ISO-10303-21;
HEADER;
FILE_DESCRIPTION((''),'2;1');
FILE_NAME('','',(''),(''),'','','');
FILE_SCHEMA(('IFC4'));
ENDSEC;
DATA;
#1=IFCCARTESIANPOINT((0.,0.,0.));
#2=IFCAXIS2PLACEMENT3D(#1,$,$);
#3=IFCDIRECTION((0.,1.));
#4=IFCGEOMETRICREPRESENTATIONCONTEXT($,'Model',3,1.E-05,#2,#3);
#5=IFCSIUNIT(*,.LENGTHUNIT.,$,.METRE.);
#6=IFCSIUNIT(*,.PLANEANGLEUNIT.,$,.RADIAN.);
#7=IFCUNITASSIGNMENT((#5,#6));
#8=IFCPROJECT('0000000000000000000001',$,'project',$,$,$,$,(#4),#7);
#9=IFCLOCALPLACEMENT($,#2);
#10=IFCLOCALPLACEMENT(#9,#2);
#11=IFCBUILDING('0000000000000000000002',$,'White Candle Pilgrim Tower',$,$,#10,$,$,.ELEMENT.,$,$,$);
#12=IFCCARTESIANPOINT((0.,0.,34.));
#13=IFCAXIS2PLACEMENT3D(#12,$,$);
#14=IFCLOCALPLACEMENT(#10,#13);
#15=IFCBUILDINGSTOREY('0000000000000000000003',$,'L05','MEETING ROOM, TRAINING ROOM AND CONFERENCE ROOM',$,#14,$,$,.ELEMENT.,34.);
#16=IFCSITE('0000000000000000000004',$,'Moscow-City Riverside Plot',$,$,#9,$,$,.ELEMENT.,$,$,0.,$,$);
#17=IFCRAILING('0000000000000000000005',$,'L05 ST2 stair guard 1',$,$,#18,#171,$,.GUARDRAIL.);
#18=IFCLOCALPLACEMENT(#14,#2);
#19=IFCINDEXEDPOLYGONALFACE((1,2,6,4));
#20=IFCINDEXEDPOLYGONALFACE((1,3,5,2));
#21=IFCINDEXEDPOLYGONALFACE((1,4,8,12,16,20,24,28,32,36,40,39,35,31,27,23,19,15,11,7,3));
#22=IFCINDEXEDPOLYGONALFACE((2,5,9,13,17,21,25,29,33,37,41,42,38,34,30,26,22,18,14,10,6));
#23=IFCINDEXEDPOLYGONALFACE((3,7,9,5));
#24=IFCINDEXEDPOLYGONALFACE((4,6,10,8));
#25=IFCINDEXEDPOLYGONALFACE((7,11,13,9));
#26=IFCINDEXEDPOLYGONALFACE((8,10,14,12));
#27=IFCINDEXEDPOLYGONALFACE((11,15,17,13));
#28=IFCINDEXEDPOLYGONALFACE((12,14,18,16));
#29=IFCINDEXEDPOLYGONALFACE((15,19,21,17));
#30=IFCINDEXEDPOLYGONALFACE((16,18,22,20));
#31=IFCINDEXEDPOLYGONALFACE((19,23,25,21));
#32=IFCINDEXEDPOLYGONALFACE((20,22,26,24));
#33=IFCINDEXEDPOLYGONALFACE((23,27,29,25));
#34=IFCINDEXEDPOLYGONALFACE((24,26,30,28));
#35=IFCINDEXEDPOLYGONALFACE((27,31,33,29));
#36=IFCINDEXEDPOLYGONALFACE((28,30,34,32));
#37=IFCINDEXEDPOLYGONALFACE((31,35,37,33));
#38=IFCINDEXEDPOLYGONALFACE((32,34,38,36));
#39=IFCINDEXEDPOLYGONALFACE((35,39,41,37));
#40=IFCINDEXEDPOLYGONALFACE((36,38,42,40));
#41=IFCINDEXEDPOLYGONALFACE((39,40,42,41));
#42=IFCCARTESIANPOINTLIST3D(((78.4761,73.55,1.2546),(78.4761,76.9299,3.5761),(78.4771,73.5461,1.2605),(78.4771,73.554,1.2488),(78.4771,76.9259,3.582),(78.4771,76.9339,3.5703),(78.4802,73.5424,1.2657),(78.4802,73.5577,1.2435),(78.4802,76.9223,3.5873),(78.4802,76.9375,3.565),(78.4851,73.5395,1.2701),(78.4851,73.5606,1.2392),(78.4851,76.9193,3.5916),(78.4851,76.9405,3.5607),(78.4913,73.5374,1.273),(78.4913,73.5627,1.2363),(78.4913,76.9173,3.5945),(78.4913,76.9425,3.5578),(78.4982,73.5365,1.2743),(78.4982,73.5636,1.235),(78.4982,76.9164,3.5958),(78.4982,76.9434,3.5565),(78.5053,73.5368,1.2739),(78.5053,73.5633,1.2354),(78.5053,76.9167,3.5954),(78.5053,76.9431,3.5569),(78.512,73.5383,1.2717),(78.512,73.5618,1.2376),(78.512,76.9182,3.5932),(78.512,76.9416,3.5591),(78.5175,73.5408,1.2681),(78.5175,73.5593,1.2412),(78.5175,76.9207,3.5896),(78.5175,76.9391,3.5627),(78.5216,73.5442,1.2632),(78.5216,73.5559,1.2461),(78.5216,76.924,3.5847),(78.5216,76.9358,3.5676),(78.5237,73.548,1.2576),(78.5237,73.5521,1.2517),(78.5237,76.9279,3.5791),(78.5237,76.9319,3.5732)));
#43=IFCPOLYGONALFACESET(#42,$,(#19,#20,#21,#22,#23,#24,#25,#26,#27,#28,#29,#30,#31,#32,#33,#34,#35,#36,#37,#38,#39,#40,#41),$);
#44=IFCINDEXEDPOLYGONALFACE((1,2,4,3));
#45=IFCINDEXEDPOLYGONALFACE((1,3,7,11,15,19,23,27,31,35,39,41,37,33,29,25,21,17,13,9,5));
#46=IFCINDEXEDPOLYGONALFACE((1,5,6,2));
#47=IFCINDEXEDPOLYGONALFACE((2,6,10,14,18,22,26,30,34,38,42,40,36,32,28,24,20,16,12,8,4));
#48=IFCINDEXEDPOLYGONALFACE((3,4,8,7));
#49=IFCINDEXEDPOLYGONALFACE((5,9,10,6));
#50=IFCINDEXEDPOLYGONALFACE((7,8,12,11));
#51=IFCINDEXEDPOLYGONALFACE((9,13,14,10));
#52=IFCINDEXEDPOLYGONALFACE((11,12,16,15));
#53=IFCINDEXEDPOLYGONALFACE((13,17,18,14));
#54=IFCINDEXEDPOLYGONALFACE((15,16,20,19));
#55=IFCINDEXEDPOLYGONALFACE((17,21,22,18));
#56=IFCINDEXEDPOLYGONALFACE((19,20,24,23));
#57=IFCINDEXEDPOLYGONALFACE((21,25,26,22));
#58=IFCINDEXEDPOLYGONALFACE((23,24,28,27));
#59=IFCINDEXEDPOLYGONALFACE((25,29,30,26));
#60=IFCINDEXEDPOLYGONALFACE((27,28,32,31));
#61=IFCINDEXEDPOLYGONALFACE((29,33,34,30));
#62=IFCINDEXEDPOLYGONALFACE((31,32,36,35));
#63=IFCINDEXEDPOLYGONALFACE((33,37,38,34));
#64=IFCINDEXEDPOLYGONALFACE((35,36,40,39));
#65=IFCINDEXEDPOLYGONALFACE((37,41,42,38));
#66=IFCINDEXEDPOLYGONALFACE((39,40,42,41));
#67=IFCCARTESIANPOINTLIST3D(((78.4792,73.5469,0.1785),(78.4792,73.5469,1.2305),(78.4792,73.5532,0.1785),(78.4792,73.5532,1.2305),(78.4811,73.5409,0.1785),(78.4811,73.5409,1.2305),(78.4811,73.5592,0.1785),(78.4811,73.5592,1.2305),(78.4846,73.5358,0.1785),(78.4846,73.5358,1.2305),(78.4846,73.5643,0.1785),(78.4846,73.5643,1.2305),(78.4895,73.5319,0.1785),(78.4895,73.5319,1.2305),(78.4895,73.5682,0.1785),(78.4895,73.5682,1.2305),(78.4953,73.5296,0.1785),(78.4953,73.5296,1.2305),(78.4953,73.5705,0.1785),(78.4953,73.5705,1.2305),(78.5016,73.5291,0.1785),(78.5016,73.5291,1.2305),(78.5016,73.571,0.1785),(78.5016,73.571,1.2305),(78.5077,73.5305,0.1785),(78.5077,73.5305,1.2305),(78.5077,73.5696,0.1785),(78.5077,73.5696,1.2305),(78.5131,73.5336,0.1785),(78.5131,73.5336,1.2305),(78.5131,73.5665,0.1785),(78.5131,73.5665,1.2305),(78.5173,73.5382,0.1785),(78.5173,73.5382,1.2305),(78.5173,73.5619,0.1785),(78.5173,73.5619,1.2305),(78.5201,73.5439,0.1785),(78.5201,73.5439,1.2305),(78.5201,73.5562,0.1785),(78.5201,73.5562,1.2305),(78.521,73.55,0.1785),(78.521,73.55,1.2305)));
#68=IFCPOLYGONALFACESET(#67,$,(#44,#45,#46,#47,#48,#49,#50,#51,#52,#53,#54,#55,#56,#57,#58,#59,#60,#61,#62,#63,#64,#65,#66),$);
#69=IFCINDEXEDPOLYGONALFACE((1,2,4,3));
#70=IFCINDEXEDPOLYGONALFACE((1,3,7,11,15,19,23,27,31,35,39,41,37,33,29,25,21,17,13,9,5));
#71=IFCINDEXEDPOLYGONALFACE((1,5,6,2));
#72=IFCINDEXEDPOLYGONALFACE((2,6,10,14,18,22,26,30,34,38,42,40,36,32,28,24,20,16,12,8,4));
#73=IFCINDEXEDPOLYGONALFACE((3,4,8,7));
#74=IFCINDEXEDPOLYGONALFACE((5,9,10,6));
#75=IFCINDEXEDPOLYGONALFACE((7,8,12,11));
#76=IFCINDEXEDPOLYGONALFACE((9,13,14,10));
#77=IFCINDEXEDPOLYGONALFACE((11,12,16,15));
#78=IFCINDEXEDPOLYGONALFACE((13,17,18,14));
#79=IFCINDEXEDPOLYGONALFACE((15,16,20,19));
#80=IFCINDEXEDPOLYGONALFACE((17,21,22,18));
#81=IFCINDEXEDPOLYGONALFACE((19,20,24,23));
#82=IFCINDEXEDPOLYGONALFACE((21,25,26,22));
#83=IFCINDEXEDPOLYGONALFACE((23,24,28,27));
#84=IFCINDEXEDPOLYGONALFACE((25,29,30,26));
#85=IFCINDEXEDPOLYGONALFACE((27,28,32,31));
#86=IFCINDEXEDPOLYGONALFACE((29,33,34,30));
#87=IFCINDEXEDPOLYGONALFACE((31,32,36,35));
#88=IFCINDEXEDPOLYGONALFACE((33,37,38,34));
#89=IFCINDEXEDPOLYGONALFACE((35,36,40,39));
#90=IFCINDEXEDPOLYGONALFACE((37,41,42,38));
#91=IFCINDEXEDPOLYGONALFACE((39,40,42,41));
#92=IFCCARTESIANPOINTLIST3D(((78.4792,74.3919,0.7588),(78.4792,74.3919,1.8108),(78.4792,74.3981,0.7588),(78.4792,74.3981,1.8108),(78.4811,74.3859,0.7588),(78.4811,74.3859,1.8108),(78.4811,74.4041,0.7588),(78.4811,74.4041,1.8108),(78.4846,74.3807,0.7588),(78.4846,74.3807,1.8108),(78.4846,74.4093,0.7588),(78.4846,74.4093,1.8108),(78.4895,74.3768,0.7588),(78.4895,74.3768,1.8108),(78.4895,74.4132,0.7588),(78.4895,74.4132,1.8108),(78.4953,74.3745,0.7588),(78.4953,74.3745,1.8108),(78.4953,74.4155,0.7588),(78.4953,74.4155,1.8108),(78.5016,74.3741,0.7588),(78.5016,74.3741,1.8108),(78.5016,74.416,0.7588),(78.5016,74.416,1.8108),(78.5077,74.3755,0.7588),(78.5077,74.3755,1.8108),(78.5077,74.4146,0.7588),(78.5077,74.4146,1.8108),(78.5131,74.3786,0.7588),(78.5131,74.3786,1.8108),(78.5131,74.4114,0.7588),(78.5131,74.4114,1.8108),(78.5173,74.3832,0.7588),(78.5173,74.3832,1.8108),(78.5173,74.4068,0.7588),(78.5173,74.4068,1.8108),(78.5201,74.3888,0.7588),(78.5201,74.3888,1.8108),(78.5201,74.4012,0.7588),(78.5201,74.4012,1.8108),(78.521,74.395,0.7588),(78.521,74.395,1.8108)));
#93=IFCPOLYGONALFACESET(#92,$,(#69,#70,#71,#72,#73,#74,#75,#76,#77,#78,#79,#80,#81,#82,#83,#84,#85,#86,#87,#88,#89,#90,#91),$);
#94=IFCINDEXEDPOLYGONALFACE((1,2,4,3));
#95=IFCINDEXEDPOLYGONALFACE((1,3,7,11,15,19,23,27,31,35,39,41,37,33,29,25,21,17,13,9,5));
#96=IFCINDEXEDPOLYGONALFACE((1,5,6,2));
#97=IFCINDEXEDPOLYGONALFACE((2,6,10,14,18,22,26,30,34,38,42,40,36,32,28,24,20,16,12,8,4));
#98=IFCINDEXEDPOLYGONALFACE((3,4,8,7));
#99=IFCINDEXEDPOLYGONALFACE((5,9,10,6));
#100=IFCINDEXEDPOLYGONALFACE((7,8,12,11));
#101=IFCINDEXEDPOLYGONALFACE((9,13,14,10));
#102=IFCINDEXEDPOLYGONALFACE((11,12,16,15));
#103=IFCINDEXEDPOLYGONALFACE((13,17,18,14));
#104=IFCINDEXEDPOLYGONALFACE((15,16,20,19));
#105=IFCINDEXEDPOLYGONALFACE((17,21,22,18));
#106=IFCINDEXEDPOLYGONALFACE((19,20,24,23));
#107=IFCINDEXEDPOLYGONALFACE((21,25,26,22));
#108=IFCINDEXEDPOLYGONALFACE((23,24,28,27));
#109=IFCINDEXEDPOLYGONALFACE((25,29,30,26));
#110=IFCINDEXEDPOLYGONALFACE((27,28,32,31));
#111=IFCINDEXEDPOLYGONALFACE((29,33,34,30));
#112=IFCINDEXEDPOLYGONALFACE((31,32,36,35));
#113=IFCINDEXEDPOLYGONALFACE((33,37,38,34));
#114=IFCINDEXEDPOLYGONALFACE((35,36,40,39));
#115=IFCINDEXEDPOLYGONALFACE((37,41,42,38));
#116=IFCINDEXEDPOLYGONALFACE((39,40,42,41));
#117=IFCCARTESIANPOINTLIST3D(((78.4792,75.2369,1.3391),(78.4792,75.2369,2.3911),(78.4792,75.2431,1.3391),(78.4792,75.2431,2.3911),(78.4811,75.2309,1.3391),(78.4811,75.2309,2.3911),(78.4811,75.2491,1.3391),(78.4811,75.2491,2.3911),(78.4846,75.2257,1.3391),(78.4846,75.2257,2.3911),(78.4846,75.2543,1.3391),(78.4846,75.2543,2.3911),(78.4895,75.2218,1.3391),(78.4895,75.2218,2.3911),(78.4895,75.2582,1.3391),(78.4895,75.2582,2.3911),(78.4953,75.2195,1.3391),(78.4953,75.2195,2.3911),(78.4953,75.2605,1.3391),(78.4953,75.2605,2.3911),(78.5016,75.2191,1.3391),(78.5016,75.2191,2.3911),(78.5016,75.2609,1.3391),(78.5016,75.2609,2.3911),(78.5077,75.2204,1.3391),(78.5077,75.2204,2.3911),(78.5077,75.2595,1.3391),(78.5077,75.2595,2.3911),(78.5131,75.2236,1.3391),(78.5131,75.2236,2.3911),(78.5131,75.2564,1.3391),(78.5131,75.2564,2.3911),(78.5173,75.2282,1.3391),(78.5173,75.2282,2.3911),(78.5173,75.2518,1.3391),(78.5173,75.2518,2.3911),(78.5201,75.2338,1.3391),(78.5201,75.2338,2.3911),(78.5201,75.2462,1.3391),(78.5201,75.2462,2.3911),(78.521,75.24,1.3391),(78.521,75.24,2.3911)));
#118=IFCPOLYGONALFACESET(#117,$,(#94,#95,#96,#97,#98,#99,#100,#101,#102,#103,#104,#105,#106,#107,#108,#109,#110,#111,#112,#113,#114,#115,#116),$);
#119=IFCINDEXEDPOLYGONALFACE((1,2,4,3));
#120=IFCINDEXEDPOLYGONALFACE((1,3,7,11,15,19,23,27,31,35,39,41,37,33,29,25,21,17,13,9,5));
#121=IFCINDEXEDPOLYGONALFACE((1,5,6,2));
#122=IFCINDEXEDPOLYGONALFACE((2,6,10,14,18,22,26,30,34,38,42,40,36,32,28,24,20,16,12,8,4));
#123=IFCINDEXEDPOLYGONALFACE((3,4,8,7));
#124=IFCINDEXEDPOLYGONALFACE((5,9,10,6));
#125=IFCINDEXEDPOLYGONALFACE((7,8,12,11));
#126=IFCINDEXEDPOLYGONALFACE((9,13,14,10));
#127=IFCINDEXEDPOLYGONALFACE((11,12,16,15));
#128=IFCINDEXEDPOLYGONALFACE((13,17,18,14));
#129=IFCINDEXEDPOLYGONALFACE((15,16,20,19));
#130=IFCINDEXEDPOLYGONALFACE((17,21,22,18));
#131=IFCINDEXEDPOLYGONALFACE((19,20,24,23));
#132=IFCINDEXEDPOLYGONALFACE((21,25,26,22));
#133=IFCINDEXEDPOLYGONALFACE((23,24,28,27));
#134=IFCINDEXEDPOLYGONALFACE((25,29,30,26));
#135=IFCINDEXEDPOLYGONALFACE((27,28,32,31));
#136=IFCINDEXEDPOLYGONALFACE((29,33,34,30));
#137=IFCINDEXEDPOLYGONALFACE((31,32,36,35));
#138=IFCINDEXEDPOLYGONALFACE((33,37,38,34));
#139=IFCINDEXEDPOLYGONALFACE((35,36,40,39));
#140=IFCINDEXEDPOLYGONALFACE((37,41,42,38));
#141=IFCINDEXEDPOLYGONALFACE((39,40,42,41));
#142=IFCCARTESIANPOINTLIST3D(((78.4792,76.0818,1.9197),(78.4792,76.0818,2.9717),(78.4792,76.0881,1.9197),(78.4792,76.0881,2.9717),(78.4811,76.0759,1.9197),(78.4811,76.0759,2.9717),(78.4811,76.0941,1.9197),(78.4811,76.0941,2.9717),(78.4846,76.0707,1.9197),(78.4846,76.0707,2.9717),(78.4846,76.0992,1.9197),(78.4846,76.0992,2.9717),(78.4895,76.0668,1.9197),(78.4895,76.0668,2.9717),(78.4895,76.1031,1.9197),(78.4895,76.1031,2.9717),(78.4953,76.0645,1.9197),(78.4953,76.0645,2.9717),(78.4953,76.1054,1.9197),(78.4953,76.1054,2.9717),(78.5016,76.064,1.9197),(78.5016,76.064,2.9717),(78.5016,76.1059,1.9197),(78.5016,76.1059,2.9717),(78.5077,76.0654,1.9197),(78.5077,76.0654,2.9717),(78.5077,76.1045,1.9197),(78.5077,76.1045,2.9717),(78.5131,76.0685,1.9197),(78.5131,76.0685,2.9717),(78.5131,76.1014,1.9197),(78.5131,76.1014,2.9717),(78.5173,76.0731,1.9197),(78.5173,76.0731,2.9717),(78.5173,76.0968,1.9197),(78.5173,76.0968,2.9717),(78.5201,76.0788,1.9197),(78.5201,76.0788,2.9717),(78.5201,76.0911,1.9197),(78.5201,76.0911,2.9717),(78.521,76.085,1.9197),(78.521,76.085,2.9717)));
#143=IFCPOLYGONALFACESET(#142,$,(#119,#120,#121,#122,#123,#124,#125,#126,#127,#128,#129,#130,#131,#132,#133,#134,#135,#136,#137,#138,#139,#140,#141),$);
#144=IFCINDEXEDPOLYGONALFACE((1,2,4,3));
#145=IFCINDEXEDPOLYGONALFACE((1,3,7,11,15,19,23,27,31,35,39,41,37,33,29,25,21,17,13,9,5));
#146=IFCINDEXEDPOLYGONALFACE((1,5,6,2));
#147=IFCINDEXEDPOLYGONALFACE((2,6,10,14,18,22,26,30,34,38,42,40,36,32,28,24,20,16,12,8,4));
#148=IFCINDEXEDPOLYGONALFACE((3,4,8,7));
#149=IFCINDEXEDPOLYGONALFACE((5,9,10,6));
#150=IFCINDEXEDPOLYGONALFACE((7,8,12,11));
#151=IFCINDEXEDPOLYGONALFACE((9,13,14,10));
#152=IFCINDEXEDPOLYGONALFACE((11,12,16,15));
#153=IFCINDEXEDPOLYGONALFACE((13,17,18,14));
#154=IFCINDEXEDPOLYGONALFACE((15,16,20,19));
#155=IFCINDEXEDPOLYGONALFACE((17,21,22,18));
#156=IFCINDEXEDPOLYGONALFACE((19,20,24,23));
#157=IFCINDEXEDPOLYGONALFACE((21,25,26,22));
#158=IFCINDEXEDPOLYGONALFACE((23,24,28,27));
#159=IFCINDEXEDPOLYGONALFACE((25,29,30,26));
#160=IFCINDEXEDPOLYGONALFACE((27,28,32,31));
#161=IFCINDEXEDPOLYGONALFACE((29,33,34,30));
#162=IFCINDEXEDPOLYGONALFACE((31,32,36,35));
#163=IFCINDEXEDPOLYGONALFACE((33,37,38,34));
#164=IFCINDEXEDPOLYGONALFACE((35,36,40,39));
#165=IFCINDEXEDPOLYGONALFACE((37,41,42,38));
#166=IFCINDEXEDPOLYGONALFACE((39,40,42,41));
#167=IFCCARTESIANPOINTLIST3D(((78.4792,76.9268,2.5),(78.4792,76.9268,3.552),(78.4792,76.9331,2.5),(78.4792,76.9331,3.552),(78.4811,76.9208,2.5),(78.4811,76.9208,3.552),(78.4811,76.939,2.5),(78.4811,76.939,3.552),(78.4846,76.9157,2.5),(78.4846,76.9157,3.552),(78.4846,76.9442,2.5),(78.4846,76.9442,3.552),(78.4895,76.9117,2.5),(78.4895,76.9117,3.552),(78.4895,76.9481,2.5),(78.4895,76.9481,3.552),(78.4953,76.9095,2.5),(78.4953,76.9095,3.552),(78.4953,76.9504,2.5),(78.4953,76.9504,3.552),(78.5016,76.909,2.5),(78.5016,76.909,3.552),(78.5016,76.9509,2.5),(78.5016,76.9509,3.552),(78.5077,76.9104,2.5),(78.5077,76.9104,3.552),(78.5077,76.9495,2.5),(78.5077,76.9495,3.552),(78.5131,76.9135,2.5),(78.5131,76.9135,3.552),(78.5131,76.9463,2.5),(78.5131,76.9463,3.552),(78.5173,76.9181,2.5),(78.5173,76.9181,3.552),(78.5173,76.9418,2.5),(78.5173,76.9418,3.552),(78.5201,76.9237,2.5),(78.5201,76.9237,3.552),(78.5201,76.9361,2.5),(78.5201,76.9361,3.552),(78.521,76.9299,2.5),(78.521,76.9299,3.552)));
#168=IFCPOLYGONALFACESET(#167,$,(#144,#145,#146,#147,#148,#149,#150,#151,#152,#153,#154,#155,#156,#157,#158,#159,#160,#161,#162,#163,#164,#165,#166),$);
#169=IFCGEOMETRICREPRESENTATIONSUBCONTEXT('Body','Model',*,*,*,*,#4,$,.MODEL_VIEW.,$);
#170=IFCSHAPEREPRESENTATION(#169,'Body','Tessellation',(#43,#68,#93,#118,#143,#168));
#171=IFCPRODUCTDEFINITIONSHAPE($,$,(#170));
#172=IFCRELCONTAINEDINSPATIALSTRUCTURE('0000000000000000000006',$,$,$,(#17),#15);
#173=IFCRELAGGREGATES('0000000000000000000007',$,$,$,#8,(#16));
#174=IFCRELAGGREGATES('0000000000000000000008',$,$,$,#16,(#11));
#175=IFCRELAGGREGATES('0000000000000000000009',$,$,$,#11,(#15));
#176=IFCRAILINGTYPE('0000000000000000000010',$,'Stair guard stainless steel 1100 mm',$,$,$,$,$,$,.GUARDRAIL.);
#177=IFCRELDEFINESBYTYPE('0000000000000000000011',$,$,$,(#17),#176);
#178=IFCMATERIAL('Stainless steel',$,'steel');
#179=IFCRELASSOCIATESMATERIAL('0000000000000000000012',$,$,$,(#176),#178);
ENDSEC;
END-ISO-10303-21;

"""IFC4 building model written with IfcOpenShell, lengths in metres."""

from ifc_helpers import new_model, si_unit, direction, frame, origin, origin_2d, place, context, subcontext, project, spatial, circle, extrude, material, type_object, element, save


model = new_model("IFC4")

# Units and contexts
model_context = context("Model", 3, precision=1e-05, world=origin(), true_north=direction((0.0, 1.0)))
body_context = subcontext(model_context, "Body", "Model", "MODEL_VIEW")
ifc_project = project(units=[si_unit("LENGTHUNIT", "METRE"), si_unit("PLANEANGLEUNIT", "RADIAN")], contexts=[model_context])

# Site, building, storey
site_placement = place(None, origin())
site = spatial("IfcSite", under=ifc_project, at=site_placement, Name="Moscow-City Riverside Plot", CompositionType="ELEMENT", RefElevation=0.0)
building_placement = place(site_placement, origin())
building = spatial("IfcBuilding", under=site, at=building_placement, Name="White Candle Pilgrim Tower", CompositionType="ELEMENT")
storey_placement = place(building_placement, frame((0.0, 0.0, 34.0)))
storey = spatial("IfcBuildingStorey", under=building, at=storey_placement, Name="L05", Description="MEETING ROOM, TRAINING ROOM AND CONFERENCE ROOM", CompositionType="ELEMENT", Elevation=34.0)

# Railing
ifc_material_1 = material(Name="Stainless steel", Category="steel")
railing_type_1 = type_object("IfcRailingType", Name="Stair guard stainless steel 1100 mm", PredefinedType="GUARDRAIL", material=ifc_material_1)
railing_1_placement = place(storey_placement, frame((78.5, 73.55, 0.1785)))
element("IfcRailing", 1, at=railing_1_placement, inside=storey, type_object=railing_type_1, Name="L05 ST2 stair guard 1", PredefinedType="GUARDRAIL", context=body_context, shape_type="SweptSolid", body=[
    extrude(circle(Radius=0.0239, at=origin_2d()), frame((0.0, 0.0, 1.0762), z_axis=(0.0, 0.824285, 0.566175), x_axis=(-1.0, 0.0, 0.0)), (0.0, 0.0, 1.0), 4.1003),
    extrude(circle(Radius=0.021, at=origin_2d()), origin(), (0.0, 0.0, 1.0), 1.052),
    extrude(circle(Radius=0.021, at=origin_2d()), frame((0.0, 0.845, 0.5803)), (0.0, 0.0, 1.0), 1.052),
    extrude(circle(Radius=0.021, at=origin_2d()), frame((0.0, 1.6899, 1.1606)), (0.0, 0.0, 1.0), 1.052),
    extrude(circle(Radius=0.021, at=origin_2d()), frame((0.0, 2.5349, 1.7412)), (0.0, 0.0, 1.0), 1.052),
    extrude(circle(Radius=0.021, at=origin_2d()), frame((0.0, 3.3799, 2.3215)), (0.0, 0.0, 1.0), 1.052),
])

save(model, "model.ifc")
